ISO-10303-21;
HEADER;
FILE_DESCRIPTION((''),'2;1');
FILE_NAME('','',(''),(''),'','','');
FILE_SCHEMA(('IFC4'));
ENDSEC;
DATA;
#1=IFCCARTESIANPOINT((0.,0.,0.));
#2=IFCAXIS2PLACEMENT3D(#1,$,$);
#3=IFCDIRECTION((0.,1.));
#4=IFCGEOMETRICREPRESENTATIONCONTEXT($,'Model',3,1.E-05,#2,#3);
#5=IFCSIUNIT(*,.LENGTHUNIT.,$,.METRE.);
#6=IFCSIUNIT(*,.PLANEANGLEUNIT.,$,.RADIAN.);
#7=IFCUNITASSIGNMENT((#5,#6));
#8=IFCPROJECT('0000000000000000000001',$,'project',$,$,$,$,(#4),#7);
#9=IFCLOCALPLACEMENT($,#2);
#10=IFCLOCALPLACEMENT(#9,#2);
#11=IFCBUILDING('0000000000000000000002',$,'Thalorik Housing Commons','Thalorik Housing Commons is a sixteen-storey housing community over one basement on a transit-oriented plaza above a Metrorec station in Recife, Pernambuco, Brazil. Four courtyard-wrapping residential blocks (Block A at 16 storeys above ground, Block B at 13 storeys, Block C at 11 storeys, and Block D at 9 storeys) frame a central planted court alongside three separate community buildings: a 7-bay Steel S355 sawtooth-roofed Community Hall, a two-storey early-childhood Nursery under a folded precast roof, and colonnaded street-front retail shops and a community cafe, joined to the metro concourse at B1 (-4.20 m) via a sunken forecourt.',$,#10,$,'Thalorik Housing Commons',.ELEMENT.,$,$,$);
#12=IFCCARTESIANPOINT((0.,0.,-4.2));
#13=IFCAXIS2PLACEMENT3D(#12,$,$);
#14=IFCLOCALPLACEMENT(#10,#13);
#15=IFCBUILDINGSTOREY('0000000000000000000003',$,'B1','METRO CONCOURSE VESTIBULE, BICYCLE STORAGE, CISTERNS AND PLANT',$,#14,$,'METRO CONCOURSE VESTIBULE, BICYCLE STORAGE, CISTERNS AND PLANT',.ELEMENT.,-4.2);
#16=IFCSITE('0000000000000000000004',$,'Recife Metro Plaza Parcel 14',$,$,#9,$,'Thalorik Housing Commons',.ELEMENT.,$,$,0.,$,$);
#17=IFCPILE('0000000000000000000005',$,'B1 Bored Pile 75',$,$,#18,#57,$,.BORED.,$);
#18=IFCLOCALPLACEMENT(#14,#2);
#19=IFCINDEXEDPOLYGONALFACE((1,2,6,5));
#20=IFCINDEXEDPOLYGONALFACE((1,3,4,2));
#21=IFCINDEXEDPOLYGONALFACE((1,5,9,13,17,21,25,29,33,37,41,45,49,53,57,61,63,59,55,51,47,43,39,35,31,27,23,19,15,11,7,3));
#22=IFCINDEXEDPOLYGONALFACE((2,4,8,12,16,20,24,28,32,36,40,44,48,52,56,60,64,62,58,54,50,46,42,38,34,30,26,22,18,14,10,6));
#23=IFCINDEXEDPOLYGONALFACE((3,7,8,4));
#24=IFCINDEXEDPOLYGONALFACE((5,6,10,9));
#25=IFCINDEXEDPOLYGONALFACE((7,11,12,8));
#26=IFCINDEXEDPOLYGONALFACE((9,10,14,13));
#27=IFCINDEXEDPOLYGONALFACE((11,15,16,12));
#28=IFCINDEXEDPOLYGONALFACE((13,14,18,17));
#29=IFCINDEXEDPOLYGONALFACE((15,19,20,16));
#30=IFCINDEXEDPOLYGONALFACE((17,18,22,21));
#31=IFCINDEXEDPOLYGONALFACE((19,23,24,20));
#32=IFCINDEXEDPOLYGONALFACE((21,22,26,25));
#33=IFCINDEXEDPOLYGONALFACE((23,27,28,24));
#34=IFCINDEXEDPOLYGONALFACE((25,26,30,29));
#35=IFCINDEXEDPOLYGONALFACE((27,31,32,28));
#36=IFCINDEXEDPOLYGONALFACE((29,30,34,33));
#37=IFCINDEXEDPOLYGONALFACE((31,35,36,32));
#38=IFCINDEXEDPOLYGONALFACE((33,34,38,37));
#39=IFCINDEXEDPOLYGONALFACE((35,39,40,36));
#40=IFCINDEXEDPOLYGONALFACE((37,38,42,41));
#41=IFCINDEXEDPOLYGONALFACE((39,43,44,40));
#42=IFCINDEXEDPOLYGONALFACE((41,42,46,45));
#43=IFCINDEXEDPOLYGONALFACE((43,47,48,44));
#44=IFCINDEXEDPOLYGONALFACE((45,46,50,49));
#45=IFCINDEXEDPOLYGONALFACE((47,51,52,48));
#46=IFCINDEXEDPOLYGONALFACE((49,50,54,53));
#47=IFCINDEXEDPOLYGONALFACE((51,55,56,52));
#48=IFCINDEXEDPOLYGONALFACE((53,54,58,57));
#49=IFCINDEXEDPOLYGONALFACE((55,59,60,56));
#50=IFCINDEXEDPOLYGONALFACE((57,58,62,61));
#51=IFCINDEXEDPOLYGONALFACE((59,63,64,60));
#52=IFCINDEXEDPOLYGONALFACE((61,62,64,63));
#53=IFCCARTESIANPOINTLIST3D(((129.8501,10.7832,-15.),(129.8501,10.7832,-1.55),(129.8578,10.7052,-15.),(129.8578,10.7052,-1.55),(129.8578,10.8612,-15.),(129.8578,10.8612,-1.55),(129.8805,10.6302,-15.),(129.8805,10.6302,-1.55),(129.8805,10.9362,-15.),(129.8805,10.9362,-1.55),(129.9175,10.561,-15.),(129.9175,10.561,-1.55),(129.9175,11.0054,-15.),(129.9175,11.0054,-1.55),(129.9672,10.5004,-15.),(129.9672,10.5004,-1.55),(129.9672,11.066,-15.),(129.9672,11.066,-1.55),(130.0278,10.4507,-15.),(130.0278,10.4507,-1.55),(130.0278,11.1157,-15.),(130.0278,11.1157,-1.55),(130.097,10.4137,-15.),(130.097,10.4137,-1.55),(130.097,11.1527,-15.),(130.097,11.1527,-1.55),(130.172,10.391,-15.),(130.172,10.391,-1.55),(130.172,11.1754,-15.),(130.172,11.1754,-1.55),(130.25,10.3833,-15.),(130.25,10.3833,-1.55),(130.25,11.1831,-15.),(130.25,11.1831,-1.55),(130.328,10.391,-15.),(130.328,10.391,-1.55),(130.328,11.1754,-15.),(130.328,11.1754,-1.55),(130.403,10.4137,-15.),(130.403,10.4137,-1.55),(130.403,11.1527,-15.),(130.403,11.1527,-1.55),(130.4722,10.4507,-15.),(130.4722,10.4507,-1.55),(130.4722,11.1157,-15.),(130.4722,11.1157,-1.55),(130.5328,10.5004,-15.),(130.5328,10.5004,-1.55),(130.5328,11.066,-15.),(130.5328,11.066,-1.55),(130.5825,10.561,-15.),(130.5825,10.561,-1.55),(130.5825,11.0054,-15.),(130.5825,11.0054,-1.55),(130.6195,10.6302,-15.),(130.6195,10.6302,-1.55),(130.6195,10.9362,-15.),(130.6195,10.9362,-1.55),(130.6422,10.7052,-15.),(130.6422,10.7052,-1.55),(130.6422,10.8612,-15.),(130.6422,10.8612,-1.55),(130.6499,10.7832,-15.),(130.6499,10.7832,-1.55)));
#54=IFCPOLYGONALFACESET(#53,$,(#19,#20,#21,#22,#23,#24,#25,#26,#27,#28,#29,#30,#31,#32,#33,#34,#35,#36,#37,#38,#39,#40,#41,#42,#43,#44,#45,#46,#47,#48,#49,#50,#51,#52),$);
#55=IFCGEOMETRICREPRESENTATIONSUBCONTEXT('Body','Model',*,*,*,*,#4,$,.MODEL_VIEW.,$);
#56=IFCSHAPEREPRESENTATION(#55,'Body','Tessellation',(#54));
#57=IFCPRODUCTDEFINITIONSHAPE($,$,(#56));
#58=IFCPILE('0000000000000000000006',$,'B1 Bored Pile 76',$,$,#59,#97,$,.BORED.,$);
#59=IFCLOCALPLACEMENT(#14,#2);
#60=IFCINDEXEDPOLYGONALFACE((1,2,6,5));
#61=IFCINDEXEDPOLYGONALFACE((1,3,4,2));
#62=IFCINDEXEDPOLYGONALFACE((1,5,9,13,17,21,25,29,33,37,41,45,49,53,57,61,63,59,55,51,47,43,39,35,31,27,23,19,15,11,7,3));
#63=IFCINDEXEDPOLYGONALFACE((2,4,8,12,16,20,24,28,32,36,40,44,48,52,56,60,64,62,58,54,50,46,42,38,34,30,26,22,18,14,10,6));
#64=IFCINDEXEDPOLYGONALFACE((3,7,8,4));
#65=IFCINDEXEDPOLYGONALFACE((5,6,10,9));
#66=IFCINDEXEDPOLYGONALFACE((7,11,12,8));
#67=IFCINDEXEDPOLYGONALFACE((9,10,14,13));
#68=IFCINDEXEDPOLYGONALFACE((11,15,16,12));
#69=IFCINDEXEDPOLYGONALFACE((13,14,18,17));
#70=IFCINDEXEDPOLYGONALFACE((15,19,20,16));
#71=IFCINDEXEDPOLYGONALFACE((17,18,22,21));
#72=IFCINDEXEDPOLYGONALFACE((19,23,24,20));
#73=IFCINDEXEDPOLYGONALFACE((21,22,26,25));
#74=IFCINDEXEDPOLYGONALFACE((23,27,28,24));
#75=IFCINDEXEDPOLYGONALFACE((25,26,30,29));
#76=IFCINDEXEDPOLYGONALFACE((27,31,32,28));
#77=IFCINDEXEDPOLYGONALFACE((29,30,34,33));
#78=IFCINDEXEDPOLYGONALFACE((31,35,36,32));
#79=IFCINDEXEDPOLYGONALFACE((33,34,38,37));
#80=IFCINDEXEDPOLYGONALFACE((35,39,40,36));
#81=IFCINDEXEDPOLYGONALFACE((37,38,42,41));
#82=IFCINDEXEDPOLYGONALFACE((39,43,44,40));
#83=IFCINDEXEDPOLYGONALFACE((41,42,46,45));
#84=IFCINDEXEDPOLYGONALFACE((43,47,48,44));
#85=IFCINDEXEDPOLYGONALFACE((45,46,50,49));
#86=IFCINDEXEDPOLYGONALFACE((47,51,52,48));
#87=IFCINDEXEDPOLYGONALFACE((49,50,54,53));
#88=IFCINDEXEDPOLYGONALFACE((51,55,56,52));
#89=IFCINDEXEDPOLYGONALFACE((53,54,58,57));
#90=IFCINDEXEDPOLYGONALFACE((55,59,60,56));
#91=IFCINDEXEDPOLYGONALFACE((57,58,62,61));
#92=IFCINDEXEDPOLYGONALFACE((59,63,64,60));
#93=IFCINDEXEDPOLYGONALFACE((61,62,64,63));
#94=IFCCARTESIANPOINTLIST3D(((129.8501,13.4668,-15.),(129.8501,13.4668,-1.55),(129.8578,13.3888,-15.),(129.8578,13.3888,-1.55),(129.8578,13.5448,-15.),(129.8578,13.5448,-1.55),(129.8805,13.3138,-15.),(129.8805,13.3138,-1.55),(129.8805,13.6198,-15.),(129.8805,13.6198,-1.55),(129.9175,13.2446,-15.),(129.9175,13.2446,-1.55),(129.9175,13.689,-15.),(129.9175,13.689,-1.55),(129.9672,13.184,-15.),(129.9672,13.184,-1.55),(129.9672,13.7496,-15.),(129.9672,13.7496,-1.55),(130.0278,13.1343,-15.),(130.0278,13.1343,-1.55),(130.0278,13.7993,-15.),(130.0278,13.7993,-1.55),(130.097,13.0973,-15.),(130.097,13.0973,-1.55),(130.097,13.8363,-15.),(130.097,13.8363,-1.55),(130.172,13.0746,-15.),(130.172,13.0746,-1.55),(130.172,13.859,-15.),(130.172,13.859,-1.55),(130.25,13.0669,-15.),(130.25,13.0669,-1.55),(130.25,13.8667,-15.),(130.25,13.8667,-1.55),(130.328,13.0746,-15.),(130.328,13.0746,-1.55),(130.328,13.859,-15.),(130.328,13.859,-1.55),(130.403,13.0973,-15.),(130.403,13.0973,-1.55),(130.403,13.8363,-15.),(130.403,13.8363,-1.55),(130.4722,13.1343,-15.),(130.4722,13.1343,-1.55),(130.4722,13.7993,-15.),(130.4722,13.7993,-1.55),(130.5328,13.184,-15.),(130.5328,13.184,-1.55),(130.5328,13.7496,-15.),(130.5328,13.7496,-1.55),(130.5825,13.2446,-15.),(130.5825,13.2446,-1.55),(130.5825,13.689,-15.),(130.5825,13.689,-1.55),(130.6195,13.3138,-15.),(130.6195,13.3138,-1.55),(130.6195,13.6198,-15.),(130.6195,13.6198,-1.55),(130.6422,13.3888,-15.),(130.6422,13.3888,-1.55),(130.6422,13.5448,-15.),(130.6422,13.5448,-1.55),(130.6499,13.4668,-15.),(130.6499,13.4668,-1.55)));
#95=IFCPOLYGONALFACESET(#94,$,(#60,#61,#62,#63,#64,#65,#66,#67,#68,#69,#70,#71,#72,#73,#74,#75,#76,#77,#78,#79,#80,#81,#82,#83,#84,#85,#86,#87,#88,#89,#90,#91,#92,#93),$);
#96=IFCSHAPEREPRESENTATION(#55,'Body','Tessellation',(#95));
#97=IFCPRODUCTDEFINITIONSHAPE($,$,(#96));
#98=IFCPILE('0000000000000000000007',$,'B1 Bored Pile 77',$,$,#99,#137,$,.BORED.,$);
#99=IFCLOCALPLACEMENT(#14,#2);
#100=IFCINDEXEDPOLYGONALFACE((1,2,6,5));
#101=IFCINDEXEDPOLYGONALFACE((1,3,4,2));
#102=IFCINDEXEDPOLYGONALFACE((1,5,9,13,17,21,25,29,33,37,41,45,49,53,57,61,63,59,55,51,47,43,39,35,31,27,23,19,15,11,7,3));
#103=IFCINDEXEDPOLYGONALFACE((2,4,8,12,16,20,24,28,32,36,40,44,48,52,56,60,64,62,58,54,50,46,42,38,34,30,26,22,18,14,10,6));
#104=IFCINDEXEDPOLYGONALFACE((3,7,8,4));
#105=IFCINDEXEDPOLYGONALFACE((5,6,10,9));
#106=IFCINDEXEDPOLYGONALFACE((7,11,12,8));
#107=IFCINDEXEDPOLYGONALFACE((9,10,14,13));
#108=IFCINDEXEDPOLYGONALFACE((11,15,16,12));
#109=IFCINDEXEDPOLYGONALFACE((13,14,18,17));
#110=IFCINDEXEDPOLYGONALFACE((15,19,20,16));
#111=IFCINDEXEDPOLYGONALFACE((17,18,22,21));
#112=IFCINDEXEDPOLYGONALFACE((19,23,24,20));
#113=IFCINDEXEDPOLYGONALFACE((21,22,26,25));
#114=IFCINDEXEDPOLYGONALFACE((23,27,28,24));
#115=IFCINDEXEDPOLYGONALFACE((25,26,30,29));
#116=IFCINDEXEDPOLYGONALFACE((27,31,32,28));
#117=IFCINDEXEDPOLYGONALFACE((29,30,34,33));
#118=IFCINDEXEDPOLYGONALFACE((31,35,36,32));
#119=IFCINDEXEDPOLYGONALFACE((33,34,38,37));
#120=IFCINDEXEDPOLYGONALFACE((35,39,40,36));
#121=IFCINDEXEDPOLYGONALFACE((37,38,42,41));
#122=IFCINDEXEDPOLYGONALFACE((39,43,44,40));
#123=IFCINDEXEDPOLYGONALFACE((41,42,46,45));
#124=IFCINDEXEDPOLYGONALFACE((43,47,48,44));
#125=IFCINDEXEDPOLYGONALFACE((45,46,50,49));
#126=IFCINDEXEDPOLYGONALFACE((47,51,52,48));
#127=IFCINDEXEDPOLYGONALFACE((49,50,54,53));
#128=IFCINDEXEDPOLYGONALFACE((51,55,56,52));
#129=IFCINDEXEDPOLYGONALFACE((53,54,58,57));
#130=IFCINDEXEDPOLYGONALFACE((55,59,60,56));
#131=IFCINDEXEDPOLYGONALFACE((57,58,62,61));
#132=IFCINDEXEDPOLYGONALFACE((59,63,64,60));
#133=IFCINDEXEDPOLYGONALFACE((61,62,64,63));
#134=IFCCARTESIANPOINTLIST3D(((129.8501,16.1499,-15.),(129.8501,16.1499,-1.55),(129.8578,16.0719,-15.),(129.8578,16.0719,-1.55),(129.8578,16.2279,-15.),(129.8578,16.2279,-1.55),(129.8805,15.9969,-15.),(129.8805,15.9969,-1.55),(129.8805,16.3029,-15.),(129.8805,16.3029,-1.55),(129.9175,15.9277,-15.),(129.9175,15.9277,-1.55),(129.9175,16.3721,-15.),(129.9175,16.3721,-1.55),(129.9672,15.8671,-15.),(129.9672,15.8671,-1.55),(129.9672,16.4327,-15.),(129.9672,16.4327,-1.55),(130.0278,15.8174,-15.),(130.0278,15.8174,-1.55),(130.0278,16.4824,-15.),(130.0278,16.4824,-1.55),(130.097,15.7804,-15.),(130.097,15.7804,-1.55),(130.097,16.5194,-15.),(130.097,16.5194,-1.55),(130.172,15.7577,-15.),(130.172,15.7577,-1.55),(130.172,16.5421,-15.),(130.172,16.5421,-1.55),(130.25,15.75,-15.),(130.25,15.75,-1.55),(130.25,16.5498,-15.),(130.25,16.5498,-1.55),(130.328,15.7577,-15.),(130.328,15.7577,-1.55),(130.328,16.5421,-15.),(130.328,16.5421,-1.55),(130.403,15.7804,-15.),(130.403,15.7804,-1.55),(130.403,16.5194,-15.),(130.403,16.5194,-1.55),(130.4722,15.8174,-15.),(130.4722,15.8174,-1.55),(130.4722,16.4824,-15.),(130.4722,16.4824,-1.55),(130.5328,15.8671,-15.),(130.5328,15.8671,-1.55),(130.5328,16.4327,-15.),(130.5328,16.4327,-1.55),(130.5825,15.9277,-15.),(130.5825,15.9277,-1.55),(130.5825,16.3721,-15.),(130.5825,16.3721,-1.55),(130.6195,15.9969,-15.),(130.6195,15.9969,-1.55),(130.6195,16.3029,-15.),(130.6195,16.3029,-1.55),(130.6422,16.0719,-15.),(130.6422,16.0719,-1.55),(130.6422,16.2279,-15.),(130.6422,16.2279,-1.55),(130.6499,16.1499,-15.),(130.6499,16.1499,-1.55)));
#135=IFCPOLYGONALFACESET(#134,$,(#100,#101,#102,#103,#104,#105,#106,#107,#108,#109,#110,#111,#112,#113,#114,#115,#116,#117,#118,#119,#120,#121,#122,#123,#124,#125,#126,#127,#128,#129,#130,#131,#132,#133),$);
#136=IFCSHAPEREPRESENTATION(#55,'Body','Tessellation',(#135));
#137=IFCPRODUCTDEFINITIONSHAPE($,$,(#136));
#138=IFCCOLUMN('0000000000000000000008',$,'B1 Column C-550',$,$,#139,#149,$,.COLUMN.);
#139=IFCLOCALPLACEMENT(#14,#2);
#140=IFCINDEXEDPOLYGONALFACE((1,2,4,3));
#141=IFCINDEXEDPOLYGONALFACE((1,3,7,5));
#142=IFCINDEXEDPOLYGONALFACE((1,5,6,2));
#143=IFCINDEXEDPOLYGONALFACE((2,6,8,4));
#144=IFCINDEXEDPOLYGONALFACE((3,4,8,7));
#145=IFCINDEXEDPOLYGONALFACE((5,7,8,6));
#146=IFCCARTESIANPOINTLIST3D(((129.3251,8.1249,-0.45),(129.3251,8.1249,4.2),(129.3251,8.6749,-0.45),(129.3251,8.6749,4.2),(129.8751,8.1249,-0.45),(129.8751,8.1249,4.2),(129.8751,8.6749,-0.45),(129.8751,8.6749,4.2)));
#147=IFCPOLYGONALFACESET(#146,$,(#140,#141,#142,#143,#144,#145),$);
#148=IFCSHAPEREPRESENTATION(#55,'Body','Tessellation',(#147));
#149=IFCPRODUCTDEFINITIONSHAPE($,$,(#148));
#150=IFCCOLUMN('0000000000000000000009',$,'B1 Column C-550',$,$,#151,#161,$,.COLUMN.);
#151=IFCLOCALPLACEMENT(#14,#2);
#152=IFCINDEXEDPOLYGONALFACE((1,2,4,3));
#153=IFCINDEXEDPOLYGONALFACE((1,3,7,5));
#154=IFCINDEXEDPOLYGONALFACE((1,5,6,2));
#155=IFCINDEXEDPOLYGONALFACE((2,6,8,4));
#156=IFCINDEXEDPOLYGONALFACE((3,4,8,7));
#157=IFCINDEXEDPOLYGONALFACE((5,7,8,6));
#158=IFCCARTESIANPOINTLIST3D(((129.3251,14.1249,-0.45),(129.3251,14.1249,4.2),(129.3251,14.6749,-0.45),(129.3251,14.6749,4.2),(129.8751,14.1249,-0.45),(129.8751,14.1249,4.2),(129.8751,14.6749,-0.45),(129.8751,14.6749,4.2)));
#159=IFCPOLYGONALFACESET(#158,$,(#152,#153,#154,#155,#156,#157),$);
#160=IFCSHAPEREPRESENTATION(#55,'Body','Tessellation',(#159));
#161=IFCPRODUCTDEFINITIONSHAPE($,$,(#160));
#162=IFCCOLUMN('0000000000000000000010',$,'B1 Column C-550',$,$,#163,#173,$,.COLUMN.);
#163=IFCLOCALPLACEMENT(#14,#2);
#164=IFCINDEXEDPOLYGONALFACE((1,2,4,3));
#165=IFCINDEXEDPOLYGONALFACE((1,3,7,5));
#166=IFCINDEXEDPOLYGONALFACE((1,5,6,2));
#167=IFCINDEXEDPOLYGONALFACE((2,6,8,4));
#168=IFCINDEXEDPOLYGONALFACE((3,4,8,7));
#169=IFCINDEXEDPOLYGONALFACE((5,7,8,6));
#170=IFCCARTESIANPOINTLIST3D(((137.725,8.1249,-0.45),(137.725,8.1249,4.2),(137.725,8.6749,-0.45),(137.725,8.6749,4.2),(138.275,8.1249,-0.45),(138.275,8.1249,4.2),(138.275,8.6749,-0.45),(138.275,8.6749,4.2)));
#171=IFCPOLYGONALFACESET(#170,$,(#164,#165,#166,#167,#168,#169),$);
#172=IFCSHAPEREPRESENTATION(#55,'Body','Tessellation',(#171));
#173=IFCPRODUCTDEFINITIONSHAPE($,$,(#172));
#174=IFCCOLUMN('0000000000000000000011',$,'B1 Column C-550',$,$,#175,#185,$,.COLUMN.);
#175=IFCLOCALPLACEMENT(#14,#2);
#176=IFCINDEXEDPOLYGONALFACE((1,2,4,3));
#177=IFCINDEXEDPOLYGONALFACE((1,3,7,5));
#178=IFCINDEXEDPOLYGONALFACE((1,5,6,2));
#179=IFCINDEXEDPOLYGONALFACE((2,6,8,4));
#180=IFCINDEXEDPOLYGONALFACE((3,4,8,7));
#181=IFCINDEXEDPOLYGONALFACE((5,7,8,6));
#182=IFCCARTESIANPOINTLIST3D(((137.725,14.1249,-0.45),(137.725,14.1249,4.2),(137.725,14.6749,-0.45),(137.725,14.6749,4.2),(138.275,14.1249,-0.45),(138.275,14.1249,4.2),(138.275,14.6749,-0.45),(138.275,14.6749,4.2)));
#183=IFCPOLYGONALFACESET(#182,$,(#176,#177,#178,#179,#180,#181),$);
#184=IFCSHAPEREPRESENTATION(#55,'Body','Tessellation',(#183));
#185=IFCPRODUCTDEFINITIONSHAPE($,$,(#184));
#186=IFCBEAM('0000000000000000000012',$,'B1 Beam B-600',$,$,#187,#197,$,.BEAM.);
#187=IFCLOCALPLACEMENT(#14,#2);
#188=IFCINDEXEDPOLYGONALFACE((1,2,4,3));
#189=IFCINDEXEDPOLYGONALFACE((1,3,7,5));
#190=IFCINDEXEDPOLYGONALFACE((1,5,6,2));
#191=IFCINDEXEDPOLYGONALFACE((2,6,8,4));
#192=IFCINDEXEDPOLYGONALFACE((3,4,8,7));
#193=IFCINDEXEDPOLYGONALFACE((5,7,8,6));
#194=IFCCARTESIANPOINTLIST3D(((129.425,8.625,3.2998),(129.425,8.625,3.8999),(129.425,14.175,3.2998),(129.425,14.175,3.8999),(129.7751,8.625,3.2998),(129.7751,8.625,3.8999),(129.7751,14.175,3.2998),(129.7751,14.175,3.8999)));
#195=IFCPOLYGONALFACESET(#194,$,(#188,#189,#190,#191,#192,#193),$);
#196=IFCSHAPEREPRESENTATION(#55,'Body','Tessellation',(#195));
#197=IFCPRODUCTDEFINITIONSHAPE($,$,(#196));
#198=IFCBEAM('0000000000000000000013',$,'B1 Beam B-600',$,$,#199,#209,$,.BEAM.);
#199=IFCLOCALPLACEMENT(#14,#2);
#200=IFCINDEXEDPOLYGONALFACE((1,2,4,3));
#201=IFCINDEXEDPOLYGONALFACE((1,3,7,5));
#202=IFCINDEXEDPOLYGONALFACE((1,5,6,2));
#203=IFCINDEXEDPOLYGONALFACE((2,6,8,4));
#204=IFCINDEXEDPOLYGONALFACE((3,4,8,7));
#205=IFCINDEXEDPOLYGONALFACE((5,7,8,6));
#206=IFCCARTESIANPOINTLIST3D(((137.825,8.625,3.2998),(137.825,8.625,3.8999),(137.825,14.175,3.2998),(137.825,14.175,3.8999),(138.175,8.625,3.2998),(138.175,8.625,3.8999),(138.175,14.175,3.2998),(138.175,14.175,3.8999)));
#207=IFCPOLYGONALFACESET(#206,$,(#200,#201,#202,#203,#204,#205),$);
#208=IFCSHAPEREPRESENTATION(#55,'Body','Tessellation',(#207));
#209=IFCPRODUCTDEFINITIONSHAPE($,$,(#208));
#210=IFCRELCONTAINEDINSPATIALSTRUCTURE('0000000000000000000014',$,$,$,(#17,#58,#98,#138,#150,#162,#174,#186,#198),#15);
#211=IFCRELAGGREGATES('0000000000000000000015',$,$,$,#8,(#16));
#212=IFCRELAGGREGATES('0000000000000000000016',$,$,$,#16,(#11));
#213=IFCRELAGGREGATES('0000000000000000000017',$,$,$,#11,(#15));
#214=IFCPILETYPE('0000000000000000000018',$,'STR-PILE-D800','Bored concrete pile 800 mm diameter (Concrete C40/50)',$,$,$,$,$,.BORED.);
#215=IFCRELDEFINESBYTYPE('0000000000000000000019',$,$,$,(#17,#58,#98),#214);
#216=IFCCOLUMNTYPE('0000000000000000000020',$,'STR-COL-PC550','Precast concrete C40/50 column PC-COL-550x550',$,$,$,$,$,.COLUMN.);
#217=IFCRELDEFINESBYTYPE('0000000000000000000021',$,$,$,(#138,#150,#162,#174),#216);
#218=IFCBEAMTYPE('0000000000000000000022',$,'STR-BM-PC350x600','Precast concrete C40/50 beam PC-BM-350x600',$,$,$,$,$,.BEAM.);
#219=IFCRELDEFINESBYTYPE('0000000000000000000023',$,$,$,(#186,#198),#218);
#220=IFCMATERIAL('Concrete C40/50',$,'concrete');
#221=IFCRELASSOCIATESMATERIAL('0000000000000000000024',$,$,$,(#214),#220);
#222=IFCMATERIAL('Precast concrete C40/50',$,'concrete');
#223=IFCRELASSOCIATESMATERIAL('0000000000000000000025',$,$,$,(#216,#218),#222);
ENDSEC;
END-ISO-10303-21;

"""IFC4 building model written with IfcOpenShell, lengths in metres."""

from ifc_helpers import new_model, si_unit, direction, frame, origin, origin_2d, place, context, subcontext, project, spatial, rectangle, circle, extrude, material, material_profile, profile_set, type_object, element, save


model = new_model("IFC4")

# Units and contexts
model_context = context("Model", 3, precision=1e-05, world=origin(), true_north=direction((0.0, 1.0)))
body_context = subcontext(model_context, "Body", "Model", "MODEL_VIEW")
ifc_project = project(units=[si_unit("LENGTHUNIT", "METRE"), si_unit("PLANEANGLEUNIT", "RADIAN")], contexts=[model_context])

# Site, building, storey
site_placement = place(None, origin())
site = spatial("IfcSite", under=ifc_project, at=site_placement, Name="Recife Metro Plaza Parcel 14", LongName="Thalorik Housing Commons", CompositionType="ELEMENT", RefElevation=0.0)
building_placement = place(site_placement, origin())
building = spatial("IfcBuilding", under=site, at=building_placement, Name="Thalorik Housing Commons", Description="Thalorik Housing Commons is a sixteen-storey housing community over one basement on a transit-oriented plaza above a Metrorec station in Recife, Pernambuco, Brazil. Four courtyard-wrapping residential blocks (Block A at 16 storeys above ground, Block B at 13 storeys, Block C at 11 storeys, and Block D at 9 storeys) frame a central planted court alongside three separate community buildings: a 7-bay Steel S355 sawtooth-roofed Community Hall, a two-storey early-childhood Nursery under a folded precast roof, and colonnaded street-front retail shops and a community cafe, joined to the metro concourse at B1 (-4.20 m) via a sunken forecourt.", LongName="Thalorik Housing Commons", CompositionType="ELEMENT")
storey_placement = place(building_placement, frame((0.0, 0.0, -4.2)))
storey = spatial("IfcBuildingStorey", under=building, at=storey_placement, Name="B1", Description="METRO CONCOURSE VESTIBULE, BICYCLE STORAGE, CISTERNS AND PLANT", LongName="METRO CONCOURSE VESTIBULE, BICYCLE STORAGE, CISTERNS AND PLANT", CompositionType="ELEMENT", Elevation=-4.2)

# Shared definitions
ifc_material_1 = material(Name="Concrete C40/50", Category="concrete")

# Piles
ifc_material_profile_1 = material_profile(ifc_material_1, circle(Radius=0.3999, at=origin_2d()), Name="BORED PILE D800", Category="concrete")
ifc_profile_set_1 = profile_set([ifc_material_profile_1], Name="Concrete C40/50")
pile_type_1 = type_object("IfcPileType", Name="STR-PILE-D800", Description="Bored concrete pile 800 mm diameter (Concrete C40/50)", PredefinedType="BORED", material=ifc_profile_set_1)
for number, where, z_axis, x_axis, name in (
    (1, (130.25, 10.7832, -1.55), (0.0, 0.0, -1.0), (1.0, 0.0, 0.0), "B1 Bored Pile 75"),
    (2, (130.25, 13.4668, -1.55), (0.0, 0.0, -1.0), (1.0, 0.0, 0.0), "B1 Bored Pile 76"),
    (3, (130.25, 16.1499, -1.55), (0.0, 0.0, -1.0), (1.0, 0.0, 0.0), "B1 Bored Pile 77"),
):
    element("IfcPile", number, at=place(storey_placement, frame(where, z_axis=z_axis, x_axis=x_axis)), inside=storey, type_object=pile_type_1, Name=name, PredefinedType="BORED", context=body_context, shape_type="SweptSolid", body=[
        extrude(circle(Radius=0.3999, at=origin_2d()), origin(), (0.0, 0.0, 1.0), 13.45),
    ])

# Columns
ifc_material_2 = material(Name="Precast concrete C40/50", Category="concrete")
ifc_material_profile_2 = material_profile(ifc_material_2, rectangle(XDim=0.55, YDim=0.55, at=origin_2d()), Name="PC 550x550", Category="concrete")
ifc_profile_set_2 = profile_set([ifc_material_profile_2], Name="Precast concrete C40/50")
column_type = type_object("IfcColumnType", Name="STR-COL-PC550", Description="Precast concrete C40/50 column PC-COL-550x550", PredefinedType="COLUMN", material=ifc_profile_set_2)
for number, where, z_axis, x_axis, name in (
    (4, (129.6001, 8.3999, -0.45), (0.0, 0.0, 1.0), (1.0, 0.0, 0.0), "B1 Column C-550"),
    (5, (129.6001, 14.3999, -0.45), (0.0, 0.0, 1.0), (1.0, 0.0, 0.0), "B1 Column C-550"),
    (6, (138.0, 8.3999, -0.45), (0.0, 0.0, 1.0), (1.0, 0.0, 0.0), "B1 Column C-550"),
    (7, (138.0, 14.3999, -0.45), (0.0, 0.0, 1.0), (1.0, 0.0, 0.0), "B1 Column C-550"),
):
    element("IfcColumn", number, at=place(storey_placement, frame(where, z_axis=z_axis, x_axis=x_axis)), inside=storey, type_object=column_type, Name=name, PredefinedType="COLUMN", context=body_context, shape_type="SweptSolid", body=[
        extrude(rectangle(XDim=0.55, YDim=0.55, at=origin_2d()), origin(), (0.0, 0.0, 1.0), 4.6499),
    ])

# Beams
ifc_material_profile_3 = material_profile(ifc_material_2, rectangle(XDim=0.3501, YDim=0.6001, at=origin_2d()), Name="PC 350x600", Category="concrete")
ifc_profile_set_3 = profile_set([ifc_material_profile_3], Name="Precast concrete C40/50")
beam_type_1 = type_object("IfcBeamType", Name="STR-BM-PC350x600", Description="Precast concrete C40/50 beam PC-BM-350x600", PredefinedType="BEAM", material=ifc_profile_set_3)
for number, where, z_axis, x_axis, name in (
    (8, (129.6001, 8.625, 3.5999), (0.0, 1.0, 0.0), (-1.0, 0.0, 0.0), "B1 Beam B-600"),
    (9, (138.0, 8.625, 3.5999), (0.0, 1.0, 0.0), (-1.0, 0.0, 0.0), "B1 Beam B-600"),
):
    element("IfcBeam", number, at=place(storey_placement, frame(where, z_axis=z_axis, x_axis=x_axis)), inside=storey, type_object=beam_type_1, Name=name, PredefinedType="BEAM", context=body_context, shape_type="SweptSolid", body=[
        extrude(rectangle(XDim=0.3501, YDim=0.6001, at=origin_2d()), origin(), (0.0, 0.0, 1.0), 5.55),
    ])

save(model, "model.ifc")
